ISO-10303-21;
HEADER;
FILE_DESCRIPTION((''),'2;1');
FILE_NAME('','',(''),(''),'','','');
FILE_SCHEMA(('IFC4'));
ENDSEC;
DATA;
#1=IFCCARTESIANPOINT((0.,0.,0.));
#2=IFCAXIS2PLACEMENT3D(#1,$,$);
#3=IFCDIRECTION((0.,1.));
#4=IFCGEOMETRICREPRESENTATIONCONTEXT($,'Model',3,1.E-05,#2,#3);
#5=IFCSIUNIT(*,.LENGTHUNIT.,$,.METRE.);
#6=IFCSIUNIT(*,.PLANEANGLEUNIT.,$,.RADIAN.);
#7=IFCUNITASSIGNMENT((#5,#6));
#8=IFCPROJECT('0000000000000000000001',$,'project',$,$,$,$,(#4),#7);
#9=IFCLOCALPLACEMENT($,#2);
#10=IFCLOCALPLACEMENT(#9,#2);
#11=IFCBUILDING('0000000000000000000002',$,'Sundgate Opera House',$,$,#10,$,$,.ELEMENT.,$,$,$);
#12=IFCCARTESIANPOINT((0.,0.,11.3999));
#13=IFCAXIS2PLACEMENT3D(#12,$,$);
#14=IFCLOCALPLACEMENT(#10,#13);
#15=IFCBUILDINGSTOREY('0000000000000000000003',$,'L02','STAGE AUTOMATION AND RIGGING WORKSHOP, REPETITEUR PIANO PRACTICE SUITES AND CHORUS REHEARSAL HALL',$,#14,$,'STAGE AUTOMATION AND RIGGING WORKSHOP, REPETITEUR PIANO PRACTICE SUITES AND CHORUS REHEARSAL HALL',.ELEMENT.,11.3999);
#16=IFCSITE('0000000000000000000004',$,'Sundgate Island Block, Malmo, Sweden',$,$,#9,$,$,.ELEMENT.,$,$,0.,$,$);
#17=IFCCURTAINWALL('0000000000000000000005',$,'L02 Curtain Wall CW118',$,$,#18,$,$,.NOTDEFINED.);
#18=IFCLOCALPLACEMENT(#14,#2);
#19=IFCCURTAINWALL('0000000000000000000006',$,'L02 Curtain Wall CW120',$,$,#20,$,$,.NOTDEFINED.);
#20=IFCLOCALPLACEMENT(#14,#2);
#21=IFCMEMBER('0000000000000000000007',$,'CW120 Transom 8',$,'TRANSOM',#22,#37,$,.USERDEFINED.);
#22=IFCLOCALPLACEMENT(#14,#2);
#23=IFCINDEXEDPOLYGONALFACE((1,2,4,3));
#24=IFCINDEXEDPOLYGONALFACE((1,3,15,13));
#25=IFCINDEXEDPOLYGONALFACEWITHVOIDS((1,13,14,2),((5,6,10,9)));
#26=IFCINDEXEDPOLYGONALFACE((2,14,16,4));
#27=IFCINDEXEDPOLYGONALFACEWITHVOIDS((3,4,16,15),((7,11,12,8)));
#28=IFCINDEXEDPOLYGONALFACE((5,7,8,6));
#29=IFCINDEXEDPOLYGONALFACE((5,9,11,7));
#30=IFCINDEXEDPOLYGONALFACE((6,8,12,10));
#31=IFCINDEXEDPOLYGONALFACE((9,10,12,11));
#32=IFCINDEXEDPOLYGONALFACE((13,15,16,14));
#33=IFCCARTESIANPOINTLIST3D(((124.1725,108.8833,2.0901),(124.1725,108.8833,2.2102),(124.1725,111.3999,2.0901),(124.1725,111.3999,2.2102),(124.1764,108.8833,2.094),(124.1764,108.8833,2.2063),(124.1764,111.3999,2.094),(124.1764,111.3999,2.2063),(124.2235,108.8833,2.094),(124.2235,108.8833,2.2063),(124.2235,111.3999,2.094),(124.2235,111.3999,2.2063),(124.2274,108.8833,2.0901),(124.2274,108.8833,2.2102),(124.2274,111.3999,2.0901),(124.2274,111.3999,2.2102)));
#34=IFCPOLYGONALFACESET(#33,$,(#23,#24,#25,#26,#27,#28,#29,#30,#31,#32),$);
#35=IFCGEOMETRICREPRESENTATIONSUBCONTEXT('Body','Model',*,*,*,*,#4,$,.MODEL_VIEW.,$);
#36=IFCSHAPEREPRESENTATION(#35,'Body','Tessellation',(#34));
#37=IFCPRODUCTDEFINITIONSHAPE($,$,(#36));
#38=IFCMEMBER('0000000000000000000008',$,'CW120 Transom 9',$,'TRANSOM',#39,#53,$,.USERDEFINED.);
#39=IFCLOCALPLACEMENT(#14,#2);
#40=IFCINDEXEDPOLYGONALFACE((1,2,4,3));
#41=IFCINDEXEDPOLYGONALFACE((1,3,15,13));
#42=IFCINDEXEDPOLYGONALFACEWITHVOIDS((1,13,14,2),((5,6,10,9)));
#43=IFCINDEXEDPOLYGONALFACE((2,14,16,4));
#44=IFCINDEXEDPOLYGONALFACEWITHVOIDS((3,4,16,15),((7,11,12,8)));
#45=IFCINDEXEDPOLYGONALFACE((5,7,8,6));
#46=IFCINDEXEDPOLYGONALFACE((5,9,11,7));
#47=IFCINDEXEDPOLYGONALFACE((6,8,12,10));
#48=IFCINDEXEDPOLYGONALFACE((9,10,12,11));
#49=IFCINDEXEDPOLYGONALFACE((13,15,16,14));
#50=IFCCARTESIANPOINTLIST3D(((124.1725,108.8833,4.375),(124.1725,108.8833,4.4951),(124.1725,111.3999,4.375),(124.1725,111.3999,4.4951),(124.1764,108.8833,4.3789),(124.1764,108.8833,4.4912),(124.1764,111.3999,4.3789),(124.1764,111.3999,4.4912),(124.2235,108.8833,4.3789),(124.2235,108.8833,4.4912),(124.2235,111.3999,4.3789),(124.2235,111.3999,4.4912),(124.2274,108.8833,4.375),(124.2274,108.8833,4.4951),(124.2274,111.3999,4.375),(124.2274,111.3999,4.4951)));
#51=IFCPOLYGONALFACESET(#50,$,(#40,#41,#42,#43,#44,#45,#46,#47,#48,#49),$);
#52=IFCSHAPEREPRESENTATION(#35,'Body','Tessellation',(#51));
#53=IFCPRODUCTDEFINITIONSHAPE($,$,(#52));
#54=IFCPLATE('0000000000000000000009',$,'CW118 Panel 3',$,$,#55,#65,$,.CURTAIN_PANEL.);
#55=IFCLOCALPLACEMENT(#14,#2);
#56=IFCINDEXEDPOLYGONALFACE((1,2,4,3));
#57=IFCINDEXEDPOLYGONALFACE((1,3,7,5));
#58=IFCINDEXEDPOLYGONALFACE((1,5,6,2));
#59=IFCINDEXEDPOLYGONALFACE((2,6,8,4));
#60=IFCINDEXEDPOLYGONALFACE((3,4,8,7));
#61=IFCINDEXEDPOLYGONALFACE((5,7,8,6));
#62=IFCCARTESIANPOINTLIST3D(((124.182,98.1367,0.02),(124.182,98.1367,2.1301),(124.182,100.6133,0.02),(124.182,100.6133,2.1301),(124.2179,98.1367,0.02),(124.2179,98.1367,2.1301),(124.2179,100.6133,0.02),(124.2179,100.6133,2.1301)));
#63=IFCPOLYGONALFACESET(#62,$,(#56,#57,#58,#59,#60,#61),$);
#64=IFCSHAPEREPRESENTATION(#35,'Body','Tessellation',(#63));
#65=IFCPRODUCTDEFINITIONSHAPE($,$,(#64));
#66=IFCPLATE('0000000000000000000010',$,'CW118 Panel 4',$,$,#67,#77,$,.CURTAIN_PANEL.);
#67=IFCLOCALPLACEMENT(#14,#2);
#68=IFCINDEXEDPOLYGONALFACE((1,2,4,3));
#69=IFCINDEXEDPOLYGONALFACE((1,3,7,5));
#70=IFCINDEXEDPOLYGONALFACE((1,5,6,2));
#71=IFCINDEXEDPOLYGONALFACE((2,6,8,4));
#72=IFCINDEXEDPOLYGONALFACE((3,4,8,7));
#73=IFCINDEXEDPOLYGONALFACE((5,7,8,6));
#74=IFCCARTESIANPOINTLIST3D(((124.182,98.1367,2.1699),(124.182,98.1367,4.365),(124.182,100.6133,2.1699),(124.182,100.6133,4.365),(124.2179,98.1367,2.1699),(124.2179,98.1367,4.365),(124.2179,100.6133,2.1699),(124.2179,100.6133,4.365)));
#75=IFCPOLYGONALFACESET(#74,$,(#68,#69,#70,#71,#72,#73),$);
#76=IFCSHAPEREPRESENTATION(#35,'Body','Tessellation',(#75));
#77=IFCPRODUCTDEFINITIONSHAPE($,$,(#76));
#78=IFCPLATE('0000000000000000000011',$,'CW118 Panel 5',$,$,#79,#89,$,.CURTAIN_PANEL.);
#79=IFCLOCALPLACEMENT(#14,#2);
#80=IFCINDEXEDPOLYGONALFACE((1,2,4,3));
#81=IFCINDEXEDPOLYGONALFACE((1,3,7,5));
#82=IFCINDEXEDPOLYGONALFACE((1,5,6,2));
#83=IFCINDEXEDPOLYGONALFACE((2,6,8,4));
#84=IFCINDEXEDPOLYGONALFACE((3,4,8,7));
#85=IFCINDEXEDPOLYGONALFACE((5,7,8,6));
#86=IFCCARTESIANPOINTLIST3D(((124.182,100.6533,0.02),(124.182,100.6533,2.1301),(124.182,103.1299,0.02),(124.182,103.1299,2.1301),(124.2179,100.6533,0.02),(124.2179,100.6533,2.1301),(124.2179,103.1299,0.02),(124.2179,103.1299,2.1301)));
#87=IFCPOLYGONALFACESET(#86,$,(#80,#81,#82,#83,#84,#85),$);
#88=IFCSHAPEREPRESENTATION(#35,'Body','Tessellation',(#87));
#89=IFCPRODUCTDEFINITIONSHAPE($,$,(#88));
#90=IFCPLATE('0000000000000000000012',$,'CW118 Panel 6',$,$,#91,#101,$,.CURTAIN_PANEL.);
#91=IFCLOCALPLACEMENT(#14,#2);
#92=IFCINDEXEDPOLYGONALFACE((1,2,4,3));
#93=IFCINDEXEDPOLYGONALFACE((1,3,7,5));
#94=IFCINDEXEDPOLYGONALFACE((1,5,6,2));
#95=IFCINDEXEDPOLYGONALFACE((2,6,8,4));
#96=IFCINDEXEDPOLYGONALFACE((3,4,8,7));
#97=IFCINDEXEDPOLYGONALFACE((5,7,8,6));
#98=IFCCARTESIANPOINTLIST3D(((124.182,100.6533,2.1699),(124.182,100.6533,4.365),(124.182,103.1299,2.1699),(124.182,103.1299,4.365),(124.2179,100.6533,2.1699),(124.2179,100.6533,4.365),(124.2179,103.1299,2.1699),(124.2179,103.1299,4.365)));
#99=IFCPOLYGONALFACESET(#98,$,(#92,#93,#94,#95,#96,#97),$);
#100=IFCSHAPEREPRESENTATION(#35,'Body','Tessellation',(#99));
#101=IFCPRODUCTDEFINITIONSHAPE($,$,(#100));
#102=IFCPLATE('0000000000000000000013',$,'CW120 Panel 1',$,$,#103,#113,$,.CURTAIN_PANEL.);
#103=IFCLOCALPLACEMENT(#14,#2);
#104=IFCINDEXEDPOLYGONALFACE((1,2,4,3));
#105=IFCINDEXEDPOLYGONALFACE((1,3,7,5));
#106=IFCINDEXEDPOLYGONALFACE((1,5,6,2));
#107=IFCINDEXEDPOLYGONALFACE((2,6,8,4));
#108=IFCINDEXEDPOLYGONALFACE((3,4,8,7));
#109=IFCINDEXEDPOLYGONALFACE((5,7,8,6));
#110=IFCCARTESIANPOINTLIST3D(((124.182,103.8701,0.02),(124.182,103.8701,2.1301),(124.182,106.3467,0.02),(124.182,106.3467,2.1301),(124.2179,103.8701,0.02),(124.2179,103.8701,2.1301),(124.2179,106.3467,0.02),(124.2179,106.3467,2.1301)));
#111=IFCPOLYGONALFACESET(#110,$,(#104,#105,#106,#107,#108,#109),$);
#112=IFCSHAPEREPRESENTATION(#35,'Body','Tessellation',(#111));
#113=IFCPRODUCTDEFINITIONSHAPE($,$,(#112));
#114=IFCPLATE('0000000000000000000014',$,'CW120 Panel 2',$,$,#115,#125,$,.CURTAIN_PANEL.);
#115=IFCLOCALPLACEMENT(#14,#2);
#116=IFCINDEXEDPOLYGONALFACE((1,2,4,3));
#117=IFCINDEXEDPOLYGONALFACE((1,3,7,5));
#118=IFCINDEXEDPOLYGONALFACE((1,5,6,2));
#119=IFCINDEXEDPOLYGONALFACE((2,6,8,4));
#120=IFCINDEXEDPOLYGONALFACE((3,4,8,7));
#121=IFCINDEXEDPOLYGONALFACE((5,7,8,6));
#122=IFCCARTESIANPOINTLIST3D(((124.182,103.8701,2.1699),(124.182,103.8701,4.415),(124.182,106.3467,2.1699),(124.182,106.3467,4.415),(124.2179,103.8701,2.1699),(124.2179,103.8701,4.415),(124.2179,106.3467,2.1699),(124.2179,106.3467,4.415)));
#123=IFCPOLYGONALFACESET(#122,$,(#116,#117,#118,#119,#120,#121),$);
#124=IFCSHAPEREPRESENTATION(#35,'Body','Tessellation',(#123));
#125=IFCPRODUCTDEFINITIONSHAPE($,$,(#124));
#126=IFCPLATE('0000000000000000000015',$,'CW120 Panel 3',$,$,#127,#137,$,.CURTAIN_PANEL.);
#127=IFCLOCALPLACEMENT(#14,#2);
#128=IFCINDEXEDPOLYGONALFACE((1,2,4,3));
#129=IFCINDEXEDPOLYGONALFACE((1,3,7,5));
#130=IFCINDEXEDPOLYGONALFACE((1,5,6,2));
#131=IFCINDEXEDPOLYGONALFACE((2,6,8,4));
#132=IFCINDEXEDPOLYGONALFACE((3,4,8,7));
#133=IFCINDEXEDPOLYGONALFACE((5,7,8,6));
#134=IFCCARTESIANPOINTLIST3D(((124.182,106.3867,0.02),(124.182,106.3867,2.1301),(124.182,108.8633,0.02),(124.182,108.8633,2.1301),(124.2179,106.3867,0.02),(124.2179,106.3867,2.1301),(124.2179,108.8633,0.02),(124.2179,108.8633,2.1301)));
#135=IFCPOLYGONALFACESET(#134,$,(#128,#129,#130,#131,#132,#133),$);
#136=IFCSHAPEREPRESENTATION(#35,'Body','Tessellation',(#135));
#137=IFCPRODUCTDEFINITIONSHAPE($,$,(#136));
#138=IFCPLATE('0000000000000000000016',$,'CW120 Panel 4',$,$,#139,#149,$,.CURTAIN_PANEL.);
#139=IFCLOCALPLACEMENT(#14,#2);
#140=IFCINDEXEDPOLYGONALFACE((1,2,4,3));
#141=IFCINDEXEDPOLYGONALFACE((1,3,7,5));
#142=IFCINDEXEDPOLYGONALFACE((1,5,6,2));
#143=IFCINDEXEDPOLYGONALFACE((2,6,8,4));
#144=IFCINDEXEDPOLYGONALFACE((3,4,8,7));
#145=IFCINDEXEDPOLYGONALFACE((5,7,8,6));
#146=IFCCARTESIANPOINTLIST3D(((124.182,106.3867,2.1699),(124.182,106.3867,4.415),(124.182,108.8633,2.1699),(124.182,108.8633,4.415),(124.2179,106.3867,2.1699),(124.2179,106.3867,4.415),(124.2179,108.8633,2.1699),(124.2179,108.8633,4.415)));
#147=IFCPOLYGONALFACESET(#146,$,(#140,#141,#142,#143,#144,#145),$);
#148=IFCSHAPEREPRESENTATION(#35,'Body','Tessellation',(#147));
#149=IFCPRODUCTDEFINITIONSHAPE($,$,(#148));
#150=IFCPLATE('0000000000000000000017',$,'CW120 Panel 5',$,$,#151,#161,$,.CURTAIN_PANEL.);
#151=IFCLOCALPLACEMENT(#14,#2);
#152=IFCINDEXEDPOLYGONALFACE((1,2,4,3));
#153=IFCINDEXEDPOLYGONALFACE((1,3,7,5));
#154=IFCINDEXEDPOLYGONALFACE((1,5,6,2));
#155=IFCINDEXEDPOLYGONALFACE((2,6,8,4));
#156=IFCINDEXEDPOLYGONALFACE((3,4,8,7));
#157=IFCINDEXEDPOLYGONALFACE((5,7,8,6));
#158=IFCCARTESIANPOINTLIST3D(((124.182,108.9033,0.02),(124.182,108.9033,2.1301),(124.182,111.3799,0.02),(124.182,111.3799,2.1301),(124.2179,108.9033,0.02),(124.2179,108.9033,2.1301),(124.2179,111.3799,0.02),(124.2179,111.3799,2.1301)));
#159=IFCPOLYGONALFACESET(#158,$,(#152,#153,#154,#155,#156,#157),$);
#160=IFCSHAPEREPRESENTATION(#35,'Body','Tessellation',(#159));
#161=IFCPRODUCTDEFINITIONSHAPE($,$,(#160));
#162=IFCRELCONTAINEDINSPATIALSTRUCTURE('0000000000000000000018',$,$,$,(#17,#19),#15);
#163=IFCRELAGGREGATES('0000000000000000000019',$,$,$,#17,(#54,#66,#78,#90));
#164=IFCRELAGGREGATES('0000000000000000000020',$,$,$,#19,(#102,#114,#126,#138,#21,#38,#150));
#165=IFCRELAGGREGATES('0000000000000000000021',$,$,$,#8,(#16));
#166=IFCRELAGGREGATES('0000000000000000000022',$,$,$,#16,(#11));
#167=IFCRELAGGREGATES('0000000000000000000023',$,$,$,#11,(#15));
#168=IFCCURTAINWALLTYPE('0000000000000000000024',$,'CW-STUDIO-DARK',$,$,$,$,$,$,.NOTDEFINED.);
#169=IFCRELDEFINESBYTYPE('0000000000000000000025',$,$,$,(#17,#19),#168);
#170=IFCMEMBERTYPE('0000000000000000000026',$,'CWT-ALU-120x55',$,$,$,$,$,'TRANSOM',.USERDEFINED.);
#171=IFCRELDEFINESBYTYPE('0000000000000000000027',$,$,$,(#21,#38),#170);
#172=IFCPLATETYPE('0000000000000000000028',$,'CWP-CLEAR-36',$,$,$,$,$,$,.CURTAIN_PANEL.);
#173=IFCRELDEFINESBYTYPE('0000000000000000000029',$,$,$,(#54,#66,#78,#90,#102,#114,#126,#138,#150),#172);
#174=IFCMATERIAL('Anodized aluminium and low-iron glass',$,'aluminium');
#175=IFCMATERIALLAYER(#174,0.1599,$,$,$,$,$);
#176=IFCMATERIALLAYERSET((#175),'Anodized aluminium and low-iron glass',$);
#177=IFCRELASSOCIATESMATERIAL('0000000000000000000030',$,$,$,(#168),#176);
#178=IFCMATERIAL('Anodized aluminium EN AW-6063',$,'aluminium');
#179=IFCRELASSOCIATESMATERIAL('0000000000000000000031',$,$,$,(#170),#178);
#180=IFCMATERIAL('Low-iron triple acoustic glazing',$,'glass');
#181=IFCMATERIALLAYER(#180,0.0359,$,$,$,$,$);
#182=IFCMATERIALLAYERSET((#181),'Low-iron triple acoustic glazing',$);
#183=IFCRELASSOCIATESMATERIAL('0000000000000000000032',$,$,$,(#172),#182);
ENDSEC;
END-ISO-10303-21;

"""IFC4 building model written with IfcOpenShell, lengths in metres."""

from ifc_helpers import new_model, si_unit, direction, frame, origin, origin_2d, place, context, subcontext, project, spatial, rectangle, hollow_rectangle, extrude, material, layer, layer_set, material_profile, profile_set, type_object, element, aggregate, save


model = new_model("IFC4")

# Units and contexts
model_context = context("Model", 3, precision=1e-05, world=origin(), true_north=direction((0.0, 1.0)))
body_context = subcontext(model_context, "Body", "Model", "MODEL_VIEW")
ifc_project = project(units=[si_unit("LENGTHUNIT", "METRE"), si_unit("PLANEANGLEUNIT", "RADIAN")], contexts=[model_context])

# Site, building, storey
site_placement = place(None, origin())
site = spatial("IfcSite", under=ifc_project, at=site_placement, Name="Sundgate Island Block, Malmo, Sweden", CompositionType="ELEMENT", RefElevation=0.0)
building_placement = place(site_placement, origin())
building = spatial("IfcBuilding", under=site, at=building_placement, Name="Sundgate Opera House", CompositionType="ELEMENT")
storey_placement = place(building_placement, frame((0.0, 0.0, 11.3999)))
storey = spatial("IfcBuildingStorey", under=building, at=storey_placement, Name="L02", Description="STAGE AUTOMATION AND RIGGING WORKSHOP, REPETITEUR PIANO PRACTICE SUITES AND CHORUS REHEARSAL HALL", LongName="STAGE AUTOMATION AND RIGGING WORKSHOP, REPETITEUR PIANO PRACTICE SUITES AND CHORUS REHEARSAL HALL", CompositionType="ELEMENT", Elevation=11.3999)

# Curtain walls
ifc_material_1 = material(Name="Anodized aluminium and low-iron glass", Category="aluminium")
ifc_layer_1 = layer(ifc_material_1, 0.1599)
ifc_layer_set_1 = layer_set([ifc_layer_1], Name="Anodized aluminium and low-iron glass")
curtain_wall_type = type_object("IfcCurtainWallType", Name="CW-STUDIO-DARK", PredefinedType="NOTDEFINED", material=ifc_layer_set_1)
curtain_wall_1_placement = place(storey_placement, origin())
curtain_wall_1 = element("IfcCurtainWall", 1, at=curtain_wall_1_placement, inside=storey, type_object=curtain_wall_type, Name="L02 Curtain Wall CW118", PredefinedType="NOTDEFINED")
curtain_wall_2_placement = place(storey_placement, origin())
curtain_wall_2 = element("IfcCurtainWall", 2, at=curtain_wall_2_placement, inside=storey, type_object=curtain_wall_type, Name="L02 Curtain Wall CW120", PredefinedType="NOTDEFINED")

# Members
ifc_material_2 = material(Name="Anodized aluminium EN AW-6063", Category="aluminium")
ifc_material_profile_1 = material_profile(ifc_material_2, hollow_rectangle(XDim=0.0549, YDim=0.1201, WallThickness=0.0039, at=origin_2d()), Name="CWT 120x55x4")
ifc_profile_set_1 = profile_set([ifc_material_profile_1], Name="Anodized aluminium EN AW-6063")
member_type_1 = type_object("IfcMemberType", Name="CWT-ALU-120x55", ElementType="TRANSOM", PredefinedType="USERDEFINED", material=ifc_profile_set_1)
member_1_placement = place(storey_placement, frame((124.2, 108.8833, 2.1501), z_axis=(0.0, 1.0, 0.0), x_axis=(-1.0, 0.0, 0.0)))
member_1 = element("IfcMember", 3, at=member_1_placement, type_object=member_type_1, Name="CW120 Transom 8", ObjectType="TRANSOM", PredefinedType="USERDEFINED", context=body_context, shape_type="SweptSolid", body=[
    extrude(hollow_rectangle(XDim=0.0549, YDim=0.1201, WallThickness=0.0039, at=origin_2d()), origin(), (0.0, 0.0, 1.0), 2.5166),
])
member_2_placement = place(storey_placement, frame((124.2, 108.8833, 4.4351), z_axis=(0.0, 1.0, 0.0), x_axis=(-1.0, 0.0, 0.0)))
member_2 = element("IfcMember", 4, at=member_2_placement, type_object=member_type_1, Name="CW120 Transom 9", ObjectType="TRANSOM", PredefinedType="USERDEFINED", context=body_context, shape_type="SweptSolid", body=[
    extrude(hollow_rectangle(XDim=0.0549, YDim=0.1201, WallThickness=0.0039, at=origin_2d()), origin(), (0.0, 0.0, 1.0), 2.5166),
])

# Plates
ifc_material_3 = material(Name="Low-iron triple acoustic glazing", Category="glass")
ifc_layer_2 = layer(ifc_material_3, 0.0359)
ifc_layer_set_2 = layer_set([ifc_layer_2], Name="Low-iron triple acoustic glazing")
plate_type = type_object("IfcPlateType", Name="CWP-CLEAR-36", PredefinedType="CURTAIN_PANEL", material=ifc_layer_set_2)
plate_1_placement = place(storey_placement, frame((124.2, 99.375, 0.02), z_axis=(0.0, 0.0, 1.0), x_axis=(0.0, 1.0, 0.0)))
plate_1 = element("IfcPlate", 5, at=plate_1_placement, type_object=plate_type, Name="CW118 Panel 3", PredefinedType="CURTAIN_PANEL", context=body_context, shape_type="SweptSolid", body=[
    extrude(rectangle(XDim=2.4766, YDim=0.0359, at=origin_2d()), origin(), (0.0, 0.0, 1.0), 2.1101),
])
plate_2_placement = place(storey_placement, frame((124.2, 99.375, 2.1699), z_axis=(0.0, 0.0, 1.0), x_axis=(0.0, 1.0, 0.0)))
plate_2 = element("IfcPlate", 6, at=plate_2_placement, type_object=plate_type, Name="CW118 Panel 4", PredefinedType="CURTAIN_PANEL", context=body_context, shape_type="SweptSolid", body=[
    extrude(rectangle(XDim=2.4766, YDim=0.0359, at=origin_2d()), origin(), (0.0, 0.0, 1.0), 2.1951),
])
plate_3_placement = place(storey_placement, frame((124.2, 101.8916, 0.02), z_axis=(0.0, 0.0, 1.0), x_axis=(0.0, 1.0, 0.0)))
plate_3 = element("IfcPlate", 7, at=plate_3_placement, type_object=plate_type, Name="CW118 Panel 5", PredefinedType="CURTAIN_PANEL", context=body_context, shape_type="SweptSolid", body=[
    extrude(rectangle(XDim=2.4766, YDim=0.0359, at=origin_2d()), origin(), (0.0, 0.0, 1.0), 2.1101),
])
plate_4_placement = place(storey_placement, frame((124.2, 101.8916, 2.1699), z_axis=(0.0, 0.0, 1.0), x_axis=(0.0, 1.0, 0.0)))
plate_4 = element("IfcPlate", 8, at=plate_4_placement, type_object=plate_type, Name="CW118 Panel 6", PredefinedType="CURTAIN_PANEL", context=body_context, shape_type="SweptSolid", body=[
    extrude(rectangle(XDim=2.4766, YDim=0.0359, at=origin_2d()), origin(), (0.0, 0.0, 1.0), 2.1951),
])
aggregate(curtain_wall_1, [plate_1, plate_2, plate_3, plate_4])
plate_5_placement = place(storey_placement, frame((124.2, 105.1084, 0.02), z_axis=(0.0, 0.0, 1.0), x_axis=(0.0, 1.0, 0.0)))
plate_5 = element("IfcPlate", 9, at=plate_5_placement, type_object=plate_type, Name="CW120 Panel 1", PredefinedType="CURTAIN_PANEL", context=body_context, shape_type="SweptSolid", body=[
    extrude(rectangle(XDim=2.4766, YDim=0.0359, at=origin_2d()), origin(), (0.0, 0.0, 1.0), 2.1101),
])
plate_6_placement = place(storey_placement, frame((124.2, 105.1084, 2.1699), z_axis=(0.0, 0.0, 1.0), x_axis=(0.0, 1.0, 0.0)))
plate_6 = element("IfcPlate", 10, at=plate_6_placement, type_object=plate_type, Name="CW120 Panel 2", PredefinedType="CURTAIN_PANEL", context=body_context, shape_type="SweptSolid", body=[
    extrude(rectangle(XDim=2.4766, YDim=0.0359, at=origin_2d()), origin(), (0.0, 0.0, 1.0), 2.2451),
])
plate_7_placement = place(storey_placement, frame((124.2, 107.625, 0.02), z_axis=(0.0, 0.0, 1.0), x_axis=(0.0, 1.0, 0.0)))
plate_7 = element("IfcPlate", 11, at=plate_7_placement, type_object=plate_type, Name="CW120 Panel 3", PredefinedType="CURTAIN_PANEL", context=body_context, shape_type="SweptSolid", body=[
    extrude(rectangle(XDim=2.4766, YDim=0.0359, at=origin_2d()), origin(), (0.0, 0.0, 1.0), 2.1101),
])
plate_8_placement = place(storey_placement, frame((124.2, 107.625, 2.1699), z_axis=(0.0, 0.0, 1.0), x_axis=(0.0, 1.0, 0.0)))
plate_8 = element("IfcPlate", 12, at=plate_8_placement, type_object=plate_type, Name="CW120 Panel 4", PredefinedType="CURTAIN_PANEL", context=body_context, shape_type="SweptSolid", body=[
    extrude(rectangle(XDim=2.4766, YDim=0.0359, at=origin_2d()), origin(), (0.0, 0.0, 1.0), 2.2451),
])
plate_9_placement = place(storey_placement, frame((124.2, 110.1416, 0.02), z_axis=(0.0, 0.0, 1.0), x_axis=(0.0, 1.0, 0.0)))
plate_9 = element("IfcPlate", 13, at=plate_9_placement, type_object=plate_type, Name="CW120 Panel 5", PredefinedType="CURTAIN_PANEL", context=body_context, shape_type="SweptSolid", body=[
    extrude(rectangle(XDim=2.4766, YDim=0.0359, at=origin_2d()), origin(), (0.0, 0.0, 1.0), 2.1101),
])
aggregate(curtain_wall_2, [plate_5, plate_6, plate_7, plate_8, member_1, member_2, plate_9])

save(model, "model.ifc")
